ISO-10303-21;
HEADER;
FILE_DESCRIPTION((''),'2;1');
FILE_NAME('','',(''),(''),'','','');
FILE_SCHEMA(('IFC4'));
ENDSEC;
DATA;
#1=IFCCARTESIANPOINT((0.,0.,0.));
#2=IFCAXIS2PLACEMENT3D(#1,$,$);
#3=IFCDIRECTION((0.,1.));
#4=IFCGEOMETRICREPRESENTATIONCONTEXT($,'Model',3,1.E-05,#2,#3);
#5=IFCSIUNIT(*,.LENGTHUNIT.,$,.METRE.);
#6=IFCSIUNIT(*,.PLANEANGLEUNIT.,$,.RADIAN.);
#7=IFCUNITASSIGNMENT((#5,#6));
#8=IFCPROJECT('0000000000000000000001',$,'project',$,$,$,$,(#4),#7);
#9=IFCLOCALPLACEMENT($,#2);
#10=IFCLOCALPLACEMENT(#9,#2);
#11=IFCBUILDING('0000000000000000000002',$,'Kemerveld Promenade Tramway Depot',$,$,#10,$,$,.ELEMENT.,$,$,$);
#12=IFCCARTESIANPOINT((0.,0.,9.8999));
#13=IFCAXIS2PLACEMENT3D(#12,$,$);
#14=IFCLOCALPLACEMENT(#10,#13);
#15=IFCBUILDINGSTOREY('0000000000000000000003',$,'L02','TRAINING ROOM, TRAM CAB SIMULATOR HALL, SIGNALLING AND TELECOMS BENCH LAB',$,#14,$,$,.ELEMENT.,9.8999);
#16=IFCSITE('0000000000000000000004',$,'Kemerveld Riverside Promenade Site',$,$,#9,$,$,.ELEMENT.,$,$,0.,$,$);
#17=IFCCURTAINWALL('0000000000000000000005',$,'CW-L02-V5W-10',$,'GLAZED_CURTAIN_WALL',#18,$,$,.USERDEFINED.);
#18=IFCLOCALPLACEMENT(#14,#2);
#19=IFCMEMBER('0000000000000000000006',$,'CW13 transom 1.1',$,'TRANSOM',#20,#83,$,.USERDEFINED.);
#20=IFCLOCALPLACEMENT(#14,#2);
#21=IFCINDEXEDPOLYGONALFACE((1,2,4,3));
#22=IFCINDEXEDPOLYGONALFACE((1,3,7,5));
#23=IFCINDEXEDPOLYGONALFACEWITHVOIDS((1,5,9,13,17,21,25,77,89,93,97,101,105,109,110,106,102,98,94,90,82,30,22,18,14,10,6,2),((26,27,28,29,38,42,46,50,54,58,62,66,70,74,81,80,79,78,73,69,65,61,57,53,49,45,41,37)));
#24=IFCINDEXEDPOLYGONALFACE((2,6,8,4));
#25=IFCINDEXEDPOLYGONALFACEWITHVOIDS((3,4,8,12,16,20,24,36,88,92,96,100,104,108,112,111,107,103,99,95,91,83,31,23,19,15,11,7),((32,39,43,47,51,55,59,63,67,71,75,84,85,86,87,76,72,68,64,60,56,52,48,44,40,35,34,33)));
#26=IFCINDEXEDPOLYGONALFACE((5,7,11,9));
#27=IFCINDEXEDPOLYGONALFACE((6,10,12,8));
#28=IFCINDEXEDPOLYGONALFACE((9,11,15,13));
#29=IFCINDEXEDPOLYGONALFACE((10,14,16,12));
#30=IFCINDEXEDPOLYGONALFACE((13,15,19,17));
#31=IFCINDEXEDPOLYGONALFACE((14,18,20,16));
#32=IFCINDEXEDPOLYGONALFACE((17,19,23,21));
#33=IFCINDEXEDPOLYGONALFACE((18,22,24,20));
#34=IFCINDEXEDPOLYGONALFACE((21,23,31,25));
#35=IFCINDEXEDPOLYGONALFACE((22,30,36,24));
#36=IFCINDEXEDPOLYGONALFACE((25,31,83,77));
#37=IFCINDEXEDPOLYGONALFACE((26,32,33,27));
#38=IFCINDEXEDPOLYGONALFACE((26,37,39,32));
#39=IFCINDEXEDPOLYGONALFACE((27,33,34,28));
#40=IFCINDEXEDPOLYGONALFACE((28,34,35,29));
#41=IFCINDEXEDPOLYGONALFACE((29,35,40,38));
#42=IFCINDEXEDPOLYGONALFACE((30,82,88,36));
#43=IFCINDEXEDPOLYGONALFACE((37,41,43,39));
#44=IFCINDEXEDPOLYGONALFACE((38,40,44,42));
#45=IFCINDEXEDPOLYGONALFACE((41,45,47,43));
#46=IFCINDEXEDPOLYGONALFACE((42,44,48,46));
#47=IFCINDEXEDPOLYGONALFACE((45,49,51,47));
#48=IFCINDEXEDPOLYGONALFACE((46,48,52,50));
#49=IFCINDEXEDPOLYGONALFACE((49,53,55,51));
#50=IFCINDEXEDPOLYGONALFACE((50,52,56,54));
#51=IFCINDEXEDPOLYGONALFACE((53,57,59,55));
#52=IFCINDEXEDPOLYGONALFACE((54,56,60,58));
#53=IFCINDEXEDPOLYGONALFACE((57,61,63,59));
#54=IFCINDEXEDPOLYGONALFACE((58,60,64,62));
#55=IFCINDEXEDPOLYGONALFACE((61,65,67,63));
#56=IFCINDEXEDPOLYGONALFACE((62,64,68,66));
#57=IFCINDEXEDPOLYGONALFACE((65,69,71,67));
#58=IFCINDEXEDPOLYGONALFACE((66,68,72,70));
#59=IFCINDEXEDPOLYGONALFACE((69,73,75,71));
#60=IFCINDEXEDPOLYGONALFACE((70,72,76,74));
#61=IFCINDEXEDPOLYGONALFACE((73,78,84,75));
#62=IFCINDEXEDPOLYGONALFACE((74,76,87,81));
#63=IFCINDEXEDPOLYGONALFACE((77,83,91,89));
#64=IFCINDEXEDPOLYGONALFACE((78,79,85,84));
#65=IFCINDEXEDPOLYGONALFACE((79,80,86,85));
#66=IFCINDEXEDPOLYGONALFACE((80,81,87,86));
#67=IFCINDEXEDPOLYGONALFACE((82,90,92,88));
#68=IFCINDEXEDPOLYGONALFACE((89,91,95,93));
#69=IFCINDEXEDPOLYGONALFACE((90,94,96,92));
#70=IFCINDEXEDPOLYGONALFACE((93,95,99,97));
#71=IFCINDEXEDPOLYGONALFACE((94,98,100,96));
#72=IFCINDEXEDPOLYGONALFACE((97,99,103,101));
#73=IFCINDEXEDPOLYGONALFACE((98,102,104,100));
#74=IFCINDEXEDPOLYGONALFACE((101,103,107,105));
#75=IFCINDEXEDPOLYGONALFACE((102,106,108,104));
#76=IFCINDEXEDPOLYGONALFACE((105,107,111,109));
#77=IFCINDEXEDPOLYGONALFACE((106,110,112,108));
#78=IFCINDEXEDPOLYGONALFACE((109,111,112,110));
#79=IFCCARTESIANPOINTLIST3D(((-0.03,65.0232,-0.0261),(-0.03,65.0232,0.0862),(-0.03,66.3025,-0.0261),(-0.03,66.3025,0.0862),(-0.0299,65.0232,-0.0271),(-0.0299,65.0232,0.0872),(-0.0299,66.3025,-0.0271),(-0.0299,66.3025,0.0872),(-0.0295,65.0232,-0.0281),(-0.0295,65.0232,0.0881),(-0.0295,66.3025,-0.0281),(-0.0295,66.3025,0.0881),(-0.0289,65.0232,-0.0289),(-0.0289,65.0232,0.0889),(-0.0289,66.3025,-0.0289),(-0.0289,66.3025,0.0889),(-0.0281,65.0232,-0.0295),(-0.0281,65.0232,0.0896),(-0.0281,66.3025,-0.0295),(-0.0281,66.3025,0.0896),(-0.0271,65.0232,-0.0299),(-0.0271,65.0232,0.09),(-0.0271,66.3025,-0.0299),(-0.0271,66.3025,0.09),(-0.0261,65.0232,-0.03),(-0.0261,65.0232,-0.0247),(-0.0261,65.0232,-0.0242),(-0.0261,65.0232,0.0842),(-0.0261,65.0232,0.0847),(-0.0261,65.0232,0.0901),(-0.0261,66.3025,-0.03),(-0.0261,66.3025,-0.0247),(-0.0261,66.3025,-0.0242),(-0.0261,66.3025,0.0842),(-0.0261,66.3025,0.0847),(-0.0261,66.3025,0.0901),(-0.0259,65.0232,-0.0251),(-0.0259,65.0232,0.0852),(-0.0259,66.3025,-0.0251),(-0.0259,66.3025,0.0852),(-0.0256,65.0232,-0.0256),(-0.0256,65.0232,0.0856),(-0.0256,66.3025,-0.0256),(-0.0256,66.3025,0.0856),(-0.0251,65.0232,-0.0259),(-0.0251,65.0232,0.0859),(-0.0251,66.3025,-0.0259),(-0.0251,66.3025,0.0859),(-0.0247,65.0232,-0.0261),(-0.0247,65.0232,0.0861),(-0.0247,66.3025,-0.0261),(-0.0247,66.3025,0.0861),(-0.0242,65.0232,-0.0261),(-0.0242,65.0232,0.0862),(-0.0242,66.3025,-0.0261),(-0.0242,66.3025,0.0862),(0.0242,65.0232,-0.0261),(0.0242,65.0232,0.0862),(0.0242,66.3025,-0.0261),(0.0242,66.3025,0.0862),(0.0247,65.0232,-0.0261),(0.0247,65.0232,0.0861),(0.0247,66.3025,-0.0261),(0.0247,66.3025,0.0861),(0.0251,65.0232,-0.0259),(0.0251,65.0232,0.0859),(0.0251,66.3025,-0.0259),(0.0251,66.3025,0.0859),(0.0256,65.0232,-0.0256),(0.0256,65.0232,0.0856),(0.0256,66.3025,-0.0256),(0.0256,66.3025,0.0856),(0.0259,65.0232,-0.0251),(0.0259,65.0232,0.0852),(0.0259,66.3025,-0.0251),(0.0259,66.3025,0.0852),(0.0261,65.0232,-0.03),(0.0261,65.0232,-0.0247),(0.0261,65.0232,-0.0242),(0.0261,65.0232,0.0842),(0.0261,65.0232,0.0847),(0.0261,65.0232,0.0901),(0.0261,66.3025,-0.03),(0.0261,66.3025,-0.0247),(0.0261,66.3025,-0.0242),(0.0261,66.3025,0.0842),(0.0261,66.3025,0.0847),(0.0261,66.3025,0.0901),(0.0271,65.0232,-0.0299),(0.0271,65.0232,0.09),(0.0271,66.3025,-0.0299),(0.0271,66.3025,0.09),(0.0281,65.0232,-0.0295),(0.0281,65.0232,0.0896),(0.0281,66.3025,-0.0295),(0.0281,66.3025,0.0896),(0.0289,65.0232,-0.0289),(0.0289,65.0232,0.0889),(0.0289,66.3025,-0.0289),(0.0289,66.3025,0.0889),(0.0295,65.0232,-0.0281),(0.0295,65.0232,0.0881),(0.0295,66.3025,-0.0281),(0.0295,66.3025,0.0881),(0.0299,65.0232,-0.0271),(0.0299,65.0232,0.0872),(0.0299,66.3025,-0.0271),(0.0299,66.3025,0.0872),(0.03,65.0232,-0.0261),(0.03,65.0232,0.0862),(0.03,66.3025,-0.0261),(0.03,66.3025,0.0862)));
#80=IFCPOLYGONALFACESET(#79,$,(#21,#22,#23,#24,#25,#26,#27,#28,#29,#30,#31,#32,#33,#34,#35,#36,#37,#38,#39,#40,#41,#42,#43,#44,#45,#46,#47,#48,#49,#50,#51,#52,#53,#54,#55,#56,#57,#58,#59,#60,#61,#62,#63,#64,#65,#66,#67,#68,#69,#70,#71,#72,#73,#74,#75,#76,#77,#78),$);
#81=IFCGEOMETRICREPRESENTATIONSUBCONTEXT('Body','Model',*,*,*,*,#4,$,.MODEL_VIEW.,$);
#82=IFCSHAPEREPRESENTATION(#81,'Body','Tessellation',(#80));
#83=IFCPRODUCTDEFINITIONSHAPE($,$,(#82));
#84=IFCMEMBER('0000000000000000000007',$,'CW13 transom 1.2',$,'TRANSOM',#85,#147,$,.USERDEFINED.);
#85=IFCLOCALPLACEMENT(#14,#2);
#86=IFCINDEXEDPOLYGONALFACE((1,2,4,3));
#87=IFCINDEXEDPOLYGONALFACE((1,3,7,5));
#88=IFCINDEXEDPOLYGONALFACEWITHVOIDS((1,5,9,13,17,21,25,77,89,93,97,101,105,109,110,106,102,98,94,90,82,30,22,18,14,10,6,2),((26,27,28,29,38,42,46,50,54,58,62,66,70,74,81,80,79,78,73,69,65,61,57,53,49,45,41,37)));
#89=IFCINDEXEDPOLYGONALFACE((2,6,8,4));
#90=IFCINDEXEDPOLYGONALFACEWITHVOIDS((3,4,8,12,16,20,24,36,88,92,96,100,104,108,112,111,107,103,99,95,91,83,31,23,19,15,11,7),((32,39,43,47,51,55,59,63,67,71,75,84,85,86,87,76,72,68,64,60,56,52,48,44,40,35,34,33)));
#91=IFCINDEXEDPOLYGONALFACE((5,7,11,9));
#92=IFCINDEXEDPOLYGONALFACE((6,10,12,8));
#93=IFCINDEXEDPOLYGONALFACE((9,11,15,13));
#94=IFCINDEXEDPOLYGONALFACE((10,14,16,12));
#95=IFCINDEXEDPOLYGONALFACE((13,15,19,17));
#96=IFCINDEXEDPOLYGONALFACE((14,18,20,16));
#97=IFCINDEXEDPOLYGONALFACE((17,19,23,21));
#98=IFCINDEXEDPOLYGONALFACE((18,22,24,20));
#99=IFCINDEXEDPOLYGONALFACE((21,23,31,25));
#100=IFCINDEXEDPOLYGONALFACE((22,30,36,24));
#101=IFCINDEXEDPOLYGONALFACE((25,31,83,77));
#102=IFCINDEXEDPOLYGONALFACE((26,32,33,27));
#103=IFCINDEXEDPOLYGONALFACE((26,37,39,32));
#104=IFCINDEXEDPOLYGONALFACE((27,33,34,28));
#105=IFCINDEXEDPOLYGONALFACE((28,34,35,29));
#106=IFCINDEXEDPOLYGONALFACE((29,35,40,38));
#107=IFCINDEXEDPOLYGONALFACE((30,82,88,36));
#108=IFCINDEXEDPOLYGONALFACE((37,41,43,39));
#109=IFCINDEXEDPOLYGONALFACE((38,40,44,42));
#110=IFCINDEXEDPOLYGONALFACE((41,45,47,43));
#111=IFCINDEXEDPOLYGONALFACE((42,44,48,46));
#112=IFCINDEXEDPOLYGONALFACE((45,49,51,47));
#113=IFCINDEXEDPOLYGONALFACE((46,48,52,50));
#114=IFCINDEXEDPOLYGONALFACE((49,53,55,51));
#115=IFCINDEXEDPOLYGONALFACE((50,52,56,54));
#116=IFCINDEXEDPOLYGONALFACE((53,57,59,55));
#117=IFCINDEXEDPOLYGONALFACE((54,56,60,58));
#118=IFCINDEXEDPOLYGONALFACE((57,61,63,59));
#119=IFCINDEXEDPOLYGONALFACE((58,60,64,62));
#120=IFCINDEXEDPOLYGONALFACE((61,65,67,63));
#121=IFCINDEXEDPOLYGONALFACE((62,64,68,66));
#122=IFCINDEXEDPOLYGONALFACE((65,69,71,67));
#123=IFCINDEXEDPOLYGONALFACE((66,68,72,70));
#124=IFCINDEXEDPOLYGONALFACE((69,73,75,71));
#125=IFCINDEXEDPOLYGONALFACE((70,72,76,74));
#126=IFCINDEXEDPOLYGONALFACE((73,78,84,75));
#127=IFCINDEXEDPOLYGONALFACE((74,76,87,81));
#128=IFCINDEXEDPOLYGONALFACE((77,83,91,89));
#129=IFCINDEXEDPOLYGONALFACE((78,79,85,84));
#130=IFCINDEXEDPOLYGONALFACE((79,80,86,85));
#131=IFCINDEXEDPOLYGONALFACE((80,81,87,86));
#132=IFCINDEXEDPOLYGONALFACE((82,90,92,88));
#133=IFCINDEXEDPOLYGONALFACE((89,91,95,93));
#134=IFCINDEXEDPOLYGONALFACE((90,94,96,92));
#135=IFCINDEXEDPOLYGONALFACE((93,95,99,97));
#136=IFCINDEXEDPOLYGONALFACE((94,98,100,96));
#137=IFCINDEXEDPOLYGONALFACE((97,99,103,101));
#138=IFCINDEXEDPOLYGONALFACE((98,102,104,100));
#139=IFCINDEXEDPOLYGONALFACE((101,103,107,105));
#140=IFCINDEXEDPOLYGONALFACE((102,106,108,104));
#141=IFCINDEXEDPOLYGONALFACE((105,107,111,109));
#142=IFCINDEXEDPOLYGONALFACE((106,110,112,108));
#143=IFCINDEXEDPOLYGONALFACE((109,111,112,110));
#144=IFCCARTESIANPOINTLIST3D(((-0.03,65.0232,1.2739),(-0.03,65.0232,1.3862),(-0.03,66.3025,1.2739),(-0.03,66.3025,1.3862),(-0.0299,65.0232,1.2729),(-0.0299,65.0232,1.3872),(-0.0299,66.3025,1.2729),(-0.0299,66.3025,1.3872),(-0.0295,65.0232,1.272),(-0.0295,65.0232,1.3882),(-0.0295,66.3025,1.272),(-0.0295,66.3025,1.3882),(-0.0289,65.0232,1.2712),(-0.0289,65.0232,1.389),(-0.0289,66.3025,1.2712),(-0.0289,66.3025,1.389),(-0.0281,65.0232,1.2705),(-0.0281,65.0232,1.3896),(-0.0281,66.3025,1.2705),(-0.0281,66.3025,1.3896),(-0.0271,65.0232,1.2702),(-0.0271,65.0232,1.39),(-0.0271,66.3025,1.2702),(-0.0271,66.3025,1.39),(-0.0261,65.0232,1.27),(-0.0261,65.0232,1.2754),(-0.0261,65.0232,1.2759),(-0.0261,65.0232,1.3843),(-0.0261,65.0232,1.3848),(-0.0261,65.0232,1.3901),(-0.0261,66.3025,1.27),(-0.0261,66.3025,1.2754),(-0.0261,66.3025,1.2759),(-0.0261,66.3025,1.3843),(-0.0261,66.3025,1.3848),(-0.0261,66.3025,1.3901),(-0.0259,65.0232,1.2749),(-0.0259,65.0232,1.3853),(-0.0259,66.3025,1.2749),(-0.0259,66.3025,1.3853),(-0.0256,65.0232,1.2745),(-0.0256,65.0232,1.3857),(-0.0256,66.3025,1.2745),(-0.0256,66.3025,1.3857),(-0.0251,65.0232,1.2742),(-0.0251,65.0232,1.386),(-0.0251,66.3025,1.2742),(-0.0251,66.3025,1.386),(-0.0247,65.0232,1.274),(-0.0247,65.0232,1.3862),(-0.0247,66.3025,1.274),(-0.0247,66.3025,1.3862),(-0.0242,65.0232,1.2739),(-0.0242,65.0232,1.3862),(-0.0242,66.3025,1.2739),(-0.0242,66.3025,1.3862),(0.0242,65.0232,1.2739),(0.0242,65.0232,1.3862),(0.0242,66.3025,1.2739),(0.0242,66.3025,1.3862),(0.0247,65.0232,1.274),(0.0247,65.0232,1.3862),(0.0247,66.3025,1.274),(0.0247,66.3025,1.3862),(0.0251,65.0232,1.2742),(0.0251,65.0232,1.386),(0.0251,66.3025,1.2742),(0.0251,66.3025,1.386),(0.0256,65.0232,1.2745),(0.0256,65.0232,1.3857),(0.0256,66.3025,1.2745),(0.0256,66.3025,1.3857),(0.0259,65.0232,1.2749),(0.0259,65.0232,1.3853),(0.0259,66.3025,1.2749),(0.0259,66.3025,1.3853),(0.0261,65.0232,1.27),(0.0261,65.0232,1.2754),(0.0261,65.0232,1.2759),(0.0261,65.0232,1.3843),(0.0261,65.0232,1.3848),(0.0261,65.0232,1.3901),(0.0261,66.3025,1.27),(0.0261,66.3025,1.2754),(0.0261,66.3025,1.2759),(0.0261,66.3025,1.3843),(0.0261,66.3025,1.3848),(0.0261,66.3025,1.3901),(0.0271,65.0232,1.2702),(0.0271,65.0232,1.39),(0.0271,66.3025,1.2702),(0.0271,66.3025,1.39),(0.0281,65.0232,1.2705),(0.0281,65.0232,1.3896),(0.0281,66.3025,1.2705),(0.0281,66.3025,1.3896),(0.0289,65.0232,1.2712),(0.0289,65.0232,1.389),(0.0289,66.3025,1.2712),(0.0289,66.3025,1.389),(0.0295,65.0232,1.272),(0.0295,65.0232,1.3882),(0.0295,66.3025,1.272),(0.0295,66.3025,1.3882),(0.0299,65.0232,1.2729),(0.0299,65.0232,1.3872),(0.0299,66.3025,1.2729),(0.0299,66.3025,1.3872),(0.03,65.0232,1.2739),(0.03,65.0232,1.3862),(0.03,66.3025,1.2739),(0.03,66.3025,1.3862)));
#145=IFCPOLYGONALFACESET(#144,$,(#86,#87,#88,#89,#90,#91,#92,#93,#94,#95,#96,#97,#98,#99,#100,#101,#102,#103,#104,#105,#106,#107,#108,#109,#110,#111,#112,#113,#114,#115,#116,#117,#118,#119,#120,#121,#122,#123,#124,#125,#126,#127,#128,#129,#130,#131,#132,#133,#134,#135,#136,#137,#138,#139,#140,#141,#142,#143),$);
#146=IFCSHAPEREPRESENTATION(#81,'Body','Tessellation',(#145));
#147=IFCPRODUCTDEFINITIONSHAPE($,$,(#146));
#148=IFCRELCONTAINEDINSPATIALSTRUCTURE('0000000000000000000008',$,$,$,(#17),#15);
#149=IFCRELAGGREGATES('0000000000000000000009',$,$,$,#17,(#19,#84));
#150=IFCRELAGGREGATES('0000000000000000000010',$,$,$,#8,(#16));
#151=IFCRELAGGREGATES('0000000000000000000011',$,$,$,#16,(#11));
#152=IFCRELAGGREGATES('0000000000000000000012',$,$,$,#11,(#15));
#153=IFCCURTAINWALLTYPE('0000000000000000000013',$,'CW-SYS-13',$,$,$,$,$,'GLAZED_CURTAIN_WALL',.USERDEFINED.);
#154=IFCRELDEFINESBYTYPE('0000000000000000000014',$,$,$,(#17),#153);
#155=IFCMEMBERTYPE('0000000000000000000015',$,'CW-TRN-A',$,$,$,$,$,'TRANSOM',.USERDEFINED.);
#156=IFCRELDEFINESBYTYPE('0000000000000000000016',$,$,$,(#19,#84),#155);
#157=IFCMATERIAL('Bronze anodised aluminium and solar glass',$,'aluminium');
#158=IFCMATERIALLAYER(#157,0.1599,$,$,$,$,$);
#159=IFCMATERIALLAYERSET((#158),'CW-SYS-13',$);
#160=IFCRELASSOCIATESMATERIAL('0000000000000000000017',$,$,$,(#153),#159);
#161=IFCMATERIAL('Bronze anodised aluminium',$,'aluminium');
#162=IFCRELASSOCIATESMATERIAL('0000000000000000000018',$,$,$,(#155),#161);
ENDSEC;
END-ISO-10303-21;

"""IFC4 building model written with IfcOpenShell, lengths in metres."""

from ifc_helpers import new_model, si_unit, direction, frame, origin, origin_2d, place, context, subcontext, project, spatial, hollow_rectangle, extrude, material, layer, layer_set, material_profile, profile_set, type_object, element, aggregate, save


model = new_model("IFC4")

# Units and contexts
model_context = context("Model", 3, precision=1e-05, world=origin(), true_north=direction((0.0, 1.0)))
body_context = subcontext(model_context, "Body", "Model", "MODEL_VIEW")
ifc_project = project(units=[si_unit("LENGTHUNIT", "METRE"), si_unit("PLANEANGLEUNIT", "RADIAN")], contexts=[model_context])

# Site, building, storey
site_placement = place(None, origin())
site = spatial("IfcSite", under=ifc_project, at=site_placement, Name="Kemerveld Riverside Promenade Site", CompositionType="ELEMENT", RefElevation=0.0)
building_placement = place(site_placement, origin())
building = spatial("IfcBuilding", under=site, at=building_placement, Name="Kemerveld Promenade Tramway Depot", CompositionType="ELEMENT")
storey_placement = place(building_placement, frame((0.0, 0.0, 9.8999)))
storey = spatial("IfcBuildingStorey", under=building, at=storey_placement, Name="L02", Description="TRAINING ROOM, TRAM CAB SIMULATOR HALL, SIGNALLING AND TELECOMS BENCH LAB", CompositionType="ELEMENT", Elevation=9.8999)

# Curtain wall, members
ifc_material_1 = material(Name="Bronze anodised aluminium and solar glass", Category="aluminium")
ifc_layer_1 = layer(ifc_material_1, 0.1599)
ifc_layer_set_1 = layer_set([ifc_layer_1], Name="CW-SYS-13")
curtain_wall_type = type_object("IfcCurtainWallType", Name="CW-SYS-13", ElementType="GLAZED_CURTAIN_WALL", PredefinedType="USERDEFINED", material=ifc_layer_set_1)
curtain_wall_placement = place(storey_placement, origin())
curtain_wall = element("IfcCurtainWall", 1, at=curtain_wall_placement, inside=storey, type_object=curtain_wall_type, Name="CW-L02-V5W-10", ObjectType="GLAZED_CURTAIN_WALL", PredefinedType="USERDEFINED")
ifc_material_2 = material(Name="Bronze anodised aluminium", Category="aluminium")
ifc_material_profile_1 = material_profile(ifc_material_2, hollow_rectangle(XDim=0.0601, YDim=0.1201, WallThickness=0.0039, InnerFilletRadius=0.002, OuterFilletRadius=0.0039, at=origin_2d()), Name="CW-TRN-120x60")
ifc_profile_set_1 = profile_set([ifc_material_profile_1], Name="Bronze anodised aluminium")
member_type_1 = type_object("IfcMemberType", Name="CW-TRN-A", ElementType="TRANSOM", PredefinedType="USERDEFINED", material=ifc_profile_set_1)
member_1_placement = place(storey_placement, frame((0.0, 65.0232, 0.03), z_axis=(0.0, 1.0, 0.0), x_axis=(-1.0, 0.0, 0.0)))
member_1 = element("IfcMember", 2, at=member_1_placement, type_object=member_type_1, Name="CW13 transom 1.1", ObjectType="TRANSOM", PredefinedType="USERDEFINED", context=body_context, shape_type="SweptSolid", body=[
    extrude(hollow_rectangle(XDim=0.0601, YDim=0.1201, WallThickness=0.0039, InnerFilletRadius=0.002, OuterFilletRadius=0.0039, at=origin_2d()), origin(), (0.0, 0.0, 1.0), 1.2793),
])
member_2_placement = place(storey_placement, frame((0.0, 65.0232, 1.3301), z_axis=(0.0, 1.0, 0.0), x_axis=(-1.0, 0.0, 0.0)))
member_2 = element("IfcMember", 3, at=member_2_placement, type_object=member_type_1, Name="CW13 transom 1.2", ObjectType="TRANSOM", PredefinedType="USERDEFINED", context=body_context, shape_type="SweptSolid", body=[
    extrude(hollow_rectangle(XDim=0.0601, YDim=0.1201, WallThickness=0.0039, InnerFilletRadius=0.002, OuterFilletRadius=0.0039, at=origin_2d()), origin(), (0.0, 0.0, 1.0), 1.2793),
])
aggregate(curtain_wall, [member_1, member_2])

save(model, "model.ifc")
